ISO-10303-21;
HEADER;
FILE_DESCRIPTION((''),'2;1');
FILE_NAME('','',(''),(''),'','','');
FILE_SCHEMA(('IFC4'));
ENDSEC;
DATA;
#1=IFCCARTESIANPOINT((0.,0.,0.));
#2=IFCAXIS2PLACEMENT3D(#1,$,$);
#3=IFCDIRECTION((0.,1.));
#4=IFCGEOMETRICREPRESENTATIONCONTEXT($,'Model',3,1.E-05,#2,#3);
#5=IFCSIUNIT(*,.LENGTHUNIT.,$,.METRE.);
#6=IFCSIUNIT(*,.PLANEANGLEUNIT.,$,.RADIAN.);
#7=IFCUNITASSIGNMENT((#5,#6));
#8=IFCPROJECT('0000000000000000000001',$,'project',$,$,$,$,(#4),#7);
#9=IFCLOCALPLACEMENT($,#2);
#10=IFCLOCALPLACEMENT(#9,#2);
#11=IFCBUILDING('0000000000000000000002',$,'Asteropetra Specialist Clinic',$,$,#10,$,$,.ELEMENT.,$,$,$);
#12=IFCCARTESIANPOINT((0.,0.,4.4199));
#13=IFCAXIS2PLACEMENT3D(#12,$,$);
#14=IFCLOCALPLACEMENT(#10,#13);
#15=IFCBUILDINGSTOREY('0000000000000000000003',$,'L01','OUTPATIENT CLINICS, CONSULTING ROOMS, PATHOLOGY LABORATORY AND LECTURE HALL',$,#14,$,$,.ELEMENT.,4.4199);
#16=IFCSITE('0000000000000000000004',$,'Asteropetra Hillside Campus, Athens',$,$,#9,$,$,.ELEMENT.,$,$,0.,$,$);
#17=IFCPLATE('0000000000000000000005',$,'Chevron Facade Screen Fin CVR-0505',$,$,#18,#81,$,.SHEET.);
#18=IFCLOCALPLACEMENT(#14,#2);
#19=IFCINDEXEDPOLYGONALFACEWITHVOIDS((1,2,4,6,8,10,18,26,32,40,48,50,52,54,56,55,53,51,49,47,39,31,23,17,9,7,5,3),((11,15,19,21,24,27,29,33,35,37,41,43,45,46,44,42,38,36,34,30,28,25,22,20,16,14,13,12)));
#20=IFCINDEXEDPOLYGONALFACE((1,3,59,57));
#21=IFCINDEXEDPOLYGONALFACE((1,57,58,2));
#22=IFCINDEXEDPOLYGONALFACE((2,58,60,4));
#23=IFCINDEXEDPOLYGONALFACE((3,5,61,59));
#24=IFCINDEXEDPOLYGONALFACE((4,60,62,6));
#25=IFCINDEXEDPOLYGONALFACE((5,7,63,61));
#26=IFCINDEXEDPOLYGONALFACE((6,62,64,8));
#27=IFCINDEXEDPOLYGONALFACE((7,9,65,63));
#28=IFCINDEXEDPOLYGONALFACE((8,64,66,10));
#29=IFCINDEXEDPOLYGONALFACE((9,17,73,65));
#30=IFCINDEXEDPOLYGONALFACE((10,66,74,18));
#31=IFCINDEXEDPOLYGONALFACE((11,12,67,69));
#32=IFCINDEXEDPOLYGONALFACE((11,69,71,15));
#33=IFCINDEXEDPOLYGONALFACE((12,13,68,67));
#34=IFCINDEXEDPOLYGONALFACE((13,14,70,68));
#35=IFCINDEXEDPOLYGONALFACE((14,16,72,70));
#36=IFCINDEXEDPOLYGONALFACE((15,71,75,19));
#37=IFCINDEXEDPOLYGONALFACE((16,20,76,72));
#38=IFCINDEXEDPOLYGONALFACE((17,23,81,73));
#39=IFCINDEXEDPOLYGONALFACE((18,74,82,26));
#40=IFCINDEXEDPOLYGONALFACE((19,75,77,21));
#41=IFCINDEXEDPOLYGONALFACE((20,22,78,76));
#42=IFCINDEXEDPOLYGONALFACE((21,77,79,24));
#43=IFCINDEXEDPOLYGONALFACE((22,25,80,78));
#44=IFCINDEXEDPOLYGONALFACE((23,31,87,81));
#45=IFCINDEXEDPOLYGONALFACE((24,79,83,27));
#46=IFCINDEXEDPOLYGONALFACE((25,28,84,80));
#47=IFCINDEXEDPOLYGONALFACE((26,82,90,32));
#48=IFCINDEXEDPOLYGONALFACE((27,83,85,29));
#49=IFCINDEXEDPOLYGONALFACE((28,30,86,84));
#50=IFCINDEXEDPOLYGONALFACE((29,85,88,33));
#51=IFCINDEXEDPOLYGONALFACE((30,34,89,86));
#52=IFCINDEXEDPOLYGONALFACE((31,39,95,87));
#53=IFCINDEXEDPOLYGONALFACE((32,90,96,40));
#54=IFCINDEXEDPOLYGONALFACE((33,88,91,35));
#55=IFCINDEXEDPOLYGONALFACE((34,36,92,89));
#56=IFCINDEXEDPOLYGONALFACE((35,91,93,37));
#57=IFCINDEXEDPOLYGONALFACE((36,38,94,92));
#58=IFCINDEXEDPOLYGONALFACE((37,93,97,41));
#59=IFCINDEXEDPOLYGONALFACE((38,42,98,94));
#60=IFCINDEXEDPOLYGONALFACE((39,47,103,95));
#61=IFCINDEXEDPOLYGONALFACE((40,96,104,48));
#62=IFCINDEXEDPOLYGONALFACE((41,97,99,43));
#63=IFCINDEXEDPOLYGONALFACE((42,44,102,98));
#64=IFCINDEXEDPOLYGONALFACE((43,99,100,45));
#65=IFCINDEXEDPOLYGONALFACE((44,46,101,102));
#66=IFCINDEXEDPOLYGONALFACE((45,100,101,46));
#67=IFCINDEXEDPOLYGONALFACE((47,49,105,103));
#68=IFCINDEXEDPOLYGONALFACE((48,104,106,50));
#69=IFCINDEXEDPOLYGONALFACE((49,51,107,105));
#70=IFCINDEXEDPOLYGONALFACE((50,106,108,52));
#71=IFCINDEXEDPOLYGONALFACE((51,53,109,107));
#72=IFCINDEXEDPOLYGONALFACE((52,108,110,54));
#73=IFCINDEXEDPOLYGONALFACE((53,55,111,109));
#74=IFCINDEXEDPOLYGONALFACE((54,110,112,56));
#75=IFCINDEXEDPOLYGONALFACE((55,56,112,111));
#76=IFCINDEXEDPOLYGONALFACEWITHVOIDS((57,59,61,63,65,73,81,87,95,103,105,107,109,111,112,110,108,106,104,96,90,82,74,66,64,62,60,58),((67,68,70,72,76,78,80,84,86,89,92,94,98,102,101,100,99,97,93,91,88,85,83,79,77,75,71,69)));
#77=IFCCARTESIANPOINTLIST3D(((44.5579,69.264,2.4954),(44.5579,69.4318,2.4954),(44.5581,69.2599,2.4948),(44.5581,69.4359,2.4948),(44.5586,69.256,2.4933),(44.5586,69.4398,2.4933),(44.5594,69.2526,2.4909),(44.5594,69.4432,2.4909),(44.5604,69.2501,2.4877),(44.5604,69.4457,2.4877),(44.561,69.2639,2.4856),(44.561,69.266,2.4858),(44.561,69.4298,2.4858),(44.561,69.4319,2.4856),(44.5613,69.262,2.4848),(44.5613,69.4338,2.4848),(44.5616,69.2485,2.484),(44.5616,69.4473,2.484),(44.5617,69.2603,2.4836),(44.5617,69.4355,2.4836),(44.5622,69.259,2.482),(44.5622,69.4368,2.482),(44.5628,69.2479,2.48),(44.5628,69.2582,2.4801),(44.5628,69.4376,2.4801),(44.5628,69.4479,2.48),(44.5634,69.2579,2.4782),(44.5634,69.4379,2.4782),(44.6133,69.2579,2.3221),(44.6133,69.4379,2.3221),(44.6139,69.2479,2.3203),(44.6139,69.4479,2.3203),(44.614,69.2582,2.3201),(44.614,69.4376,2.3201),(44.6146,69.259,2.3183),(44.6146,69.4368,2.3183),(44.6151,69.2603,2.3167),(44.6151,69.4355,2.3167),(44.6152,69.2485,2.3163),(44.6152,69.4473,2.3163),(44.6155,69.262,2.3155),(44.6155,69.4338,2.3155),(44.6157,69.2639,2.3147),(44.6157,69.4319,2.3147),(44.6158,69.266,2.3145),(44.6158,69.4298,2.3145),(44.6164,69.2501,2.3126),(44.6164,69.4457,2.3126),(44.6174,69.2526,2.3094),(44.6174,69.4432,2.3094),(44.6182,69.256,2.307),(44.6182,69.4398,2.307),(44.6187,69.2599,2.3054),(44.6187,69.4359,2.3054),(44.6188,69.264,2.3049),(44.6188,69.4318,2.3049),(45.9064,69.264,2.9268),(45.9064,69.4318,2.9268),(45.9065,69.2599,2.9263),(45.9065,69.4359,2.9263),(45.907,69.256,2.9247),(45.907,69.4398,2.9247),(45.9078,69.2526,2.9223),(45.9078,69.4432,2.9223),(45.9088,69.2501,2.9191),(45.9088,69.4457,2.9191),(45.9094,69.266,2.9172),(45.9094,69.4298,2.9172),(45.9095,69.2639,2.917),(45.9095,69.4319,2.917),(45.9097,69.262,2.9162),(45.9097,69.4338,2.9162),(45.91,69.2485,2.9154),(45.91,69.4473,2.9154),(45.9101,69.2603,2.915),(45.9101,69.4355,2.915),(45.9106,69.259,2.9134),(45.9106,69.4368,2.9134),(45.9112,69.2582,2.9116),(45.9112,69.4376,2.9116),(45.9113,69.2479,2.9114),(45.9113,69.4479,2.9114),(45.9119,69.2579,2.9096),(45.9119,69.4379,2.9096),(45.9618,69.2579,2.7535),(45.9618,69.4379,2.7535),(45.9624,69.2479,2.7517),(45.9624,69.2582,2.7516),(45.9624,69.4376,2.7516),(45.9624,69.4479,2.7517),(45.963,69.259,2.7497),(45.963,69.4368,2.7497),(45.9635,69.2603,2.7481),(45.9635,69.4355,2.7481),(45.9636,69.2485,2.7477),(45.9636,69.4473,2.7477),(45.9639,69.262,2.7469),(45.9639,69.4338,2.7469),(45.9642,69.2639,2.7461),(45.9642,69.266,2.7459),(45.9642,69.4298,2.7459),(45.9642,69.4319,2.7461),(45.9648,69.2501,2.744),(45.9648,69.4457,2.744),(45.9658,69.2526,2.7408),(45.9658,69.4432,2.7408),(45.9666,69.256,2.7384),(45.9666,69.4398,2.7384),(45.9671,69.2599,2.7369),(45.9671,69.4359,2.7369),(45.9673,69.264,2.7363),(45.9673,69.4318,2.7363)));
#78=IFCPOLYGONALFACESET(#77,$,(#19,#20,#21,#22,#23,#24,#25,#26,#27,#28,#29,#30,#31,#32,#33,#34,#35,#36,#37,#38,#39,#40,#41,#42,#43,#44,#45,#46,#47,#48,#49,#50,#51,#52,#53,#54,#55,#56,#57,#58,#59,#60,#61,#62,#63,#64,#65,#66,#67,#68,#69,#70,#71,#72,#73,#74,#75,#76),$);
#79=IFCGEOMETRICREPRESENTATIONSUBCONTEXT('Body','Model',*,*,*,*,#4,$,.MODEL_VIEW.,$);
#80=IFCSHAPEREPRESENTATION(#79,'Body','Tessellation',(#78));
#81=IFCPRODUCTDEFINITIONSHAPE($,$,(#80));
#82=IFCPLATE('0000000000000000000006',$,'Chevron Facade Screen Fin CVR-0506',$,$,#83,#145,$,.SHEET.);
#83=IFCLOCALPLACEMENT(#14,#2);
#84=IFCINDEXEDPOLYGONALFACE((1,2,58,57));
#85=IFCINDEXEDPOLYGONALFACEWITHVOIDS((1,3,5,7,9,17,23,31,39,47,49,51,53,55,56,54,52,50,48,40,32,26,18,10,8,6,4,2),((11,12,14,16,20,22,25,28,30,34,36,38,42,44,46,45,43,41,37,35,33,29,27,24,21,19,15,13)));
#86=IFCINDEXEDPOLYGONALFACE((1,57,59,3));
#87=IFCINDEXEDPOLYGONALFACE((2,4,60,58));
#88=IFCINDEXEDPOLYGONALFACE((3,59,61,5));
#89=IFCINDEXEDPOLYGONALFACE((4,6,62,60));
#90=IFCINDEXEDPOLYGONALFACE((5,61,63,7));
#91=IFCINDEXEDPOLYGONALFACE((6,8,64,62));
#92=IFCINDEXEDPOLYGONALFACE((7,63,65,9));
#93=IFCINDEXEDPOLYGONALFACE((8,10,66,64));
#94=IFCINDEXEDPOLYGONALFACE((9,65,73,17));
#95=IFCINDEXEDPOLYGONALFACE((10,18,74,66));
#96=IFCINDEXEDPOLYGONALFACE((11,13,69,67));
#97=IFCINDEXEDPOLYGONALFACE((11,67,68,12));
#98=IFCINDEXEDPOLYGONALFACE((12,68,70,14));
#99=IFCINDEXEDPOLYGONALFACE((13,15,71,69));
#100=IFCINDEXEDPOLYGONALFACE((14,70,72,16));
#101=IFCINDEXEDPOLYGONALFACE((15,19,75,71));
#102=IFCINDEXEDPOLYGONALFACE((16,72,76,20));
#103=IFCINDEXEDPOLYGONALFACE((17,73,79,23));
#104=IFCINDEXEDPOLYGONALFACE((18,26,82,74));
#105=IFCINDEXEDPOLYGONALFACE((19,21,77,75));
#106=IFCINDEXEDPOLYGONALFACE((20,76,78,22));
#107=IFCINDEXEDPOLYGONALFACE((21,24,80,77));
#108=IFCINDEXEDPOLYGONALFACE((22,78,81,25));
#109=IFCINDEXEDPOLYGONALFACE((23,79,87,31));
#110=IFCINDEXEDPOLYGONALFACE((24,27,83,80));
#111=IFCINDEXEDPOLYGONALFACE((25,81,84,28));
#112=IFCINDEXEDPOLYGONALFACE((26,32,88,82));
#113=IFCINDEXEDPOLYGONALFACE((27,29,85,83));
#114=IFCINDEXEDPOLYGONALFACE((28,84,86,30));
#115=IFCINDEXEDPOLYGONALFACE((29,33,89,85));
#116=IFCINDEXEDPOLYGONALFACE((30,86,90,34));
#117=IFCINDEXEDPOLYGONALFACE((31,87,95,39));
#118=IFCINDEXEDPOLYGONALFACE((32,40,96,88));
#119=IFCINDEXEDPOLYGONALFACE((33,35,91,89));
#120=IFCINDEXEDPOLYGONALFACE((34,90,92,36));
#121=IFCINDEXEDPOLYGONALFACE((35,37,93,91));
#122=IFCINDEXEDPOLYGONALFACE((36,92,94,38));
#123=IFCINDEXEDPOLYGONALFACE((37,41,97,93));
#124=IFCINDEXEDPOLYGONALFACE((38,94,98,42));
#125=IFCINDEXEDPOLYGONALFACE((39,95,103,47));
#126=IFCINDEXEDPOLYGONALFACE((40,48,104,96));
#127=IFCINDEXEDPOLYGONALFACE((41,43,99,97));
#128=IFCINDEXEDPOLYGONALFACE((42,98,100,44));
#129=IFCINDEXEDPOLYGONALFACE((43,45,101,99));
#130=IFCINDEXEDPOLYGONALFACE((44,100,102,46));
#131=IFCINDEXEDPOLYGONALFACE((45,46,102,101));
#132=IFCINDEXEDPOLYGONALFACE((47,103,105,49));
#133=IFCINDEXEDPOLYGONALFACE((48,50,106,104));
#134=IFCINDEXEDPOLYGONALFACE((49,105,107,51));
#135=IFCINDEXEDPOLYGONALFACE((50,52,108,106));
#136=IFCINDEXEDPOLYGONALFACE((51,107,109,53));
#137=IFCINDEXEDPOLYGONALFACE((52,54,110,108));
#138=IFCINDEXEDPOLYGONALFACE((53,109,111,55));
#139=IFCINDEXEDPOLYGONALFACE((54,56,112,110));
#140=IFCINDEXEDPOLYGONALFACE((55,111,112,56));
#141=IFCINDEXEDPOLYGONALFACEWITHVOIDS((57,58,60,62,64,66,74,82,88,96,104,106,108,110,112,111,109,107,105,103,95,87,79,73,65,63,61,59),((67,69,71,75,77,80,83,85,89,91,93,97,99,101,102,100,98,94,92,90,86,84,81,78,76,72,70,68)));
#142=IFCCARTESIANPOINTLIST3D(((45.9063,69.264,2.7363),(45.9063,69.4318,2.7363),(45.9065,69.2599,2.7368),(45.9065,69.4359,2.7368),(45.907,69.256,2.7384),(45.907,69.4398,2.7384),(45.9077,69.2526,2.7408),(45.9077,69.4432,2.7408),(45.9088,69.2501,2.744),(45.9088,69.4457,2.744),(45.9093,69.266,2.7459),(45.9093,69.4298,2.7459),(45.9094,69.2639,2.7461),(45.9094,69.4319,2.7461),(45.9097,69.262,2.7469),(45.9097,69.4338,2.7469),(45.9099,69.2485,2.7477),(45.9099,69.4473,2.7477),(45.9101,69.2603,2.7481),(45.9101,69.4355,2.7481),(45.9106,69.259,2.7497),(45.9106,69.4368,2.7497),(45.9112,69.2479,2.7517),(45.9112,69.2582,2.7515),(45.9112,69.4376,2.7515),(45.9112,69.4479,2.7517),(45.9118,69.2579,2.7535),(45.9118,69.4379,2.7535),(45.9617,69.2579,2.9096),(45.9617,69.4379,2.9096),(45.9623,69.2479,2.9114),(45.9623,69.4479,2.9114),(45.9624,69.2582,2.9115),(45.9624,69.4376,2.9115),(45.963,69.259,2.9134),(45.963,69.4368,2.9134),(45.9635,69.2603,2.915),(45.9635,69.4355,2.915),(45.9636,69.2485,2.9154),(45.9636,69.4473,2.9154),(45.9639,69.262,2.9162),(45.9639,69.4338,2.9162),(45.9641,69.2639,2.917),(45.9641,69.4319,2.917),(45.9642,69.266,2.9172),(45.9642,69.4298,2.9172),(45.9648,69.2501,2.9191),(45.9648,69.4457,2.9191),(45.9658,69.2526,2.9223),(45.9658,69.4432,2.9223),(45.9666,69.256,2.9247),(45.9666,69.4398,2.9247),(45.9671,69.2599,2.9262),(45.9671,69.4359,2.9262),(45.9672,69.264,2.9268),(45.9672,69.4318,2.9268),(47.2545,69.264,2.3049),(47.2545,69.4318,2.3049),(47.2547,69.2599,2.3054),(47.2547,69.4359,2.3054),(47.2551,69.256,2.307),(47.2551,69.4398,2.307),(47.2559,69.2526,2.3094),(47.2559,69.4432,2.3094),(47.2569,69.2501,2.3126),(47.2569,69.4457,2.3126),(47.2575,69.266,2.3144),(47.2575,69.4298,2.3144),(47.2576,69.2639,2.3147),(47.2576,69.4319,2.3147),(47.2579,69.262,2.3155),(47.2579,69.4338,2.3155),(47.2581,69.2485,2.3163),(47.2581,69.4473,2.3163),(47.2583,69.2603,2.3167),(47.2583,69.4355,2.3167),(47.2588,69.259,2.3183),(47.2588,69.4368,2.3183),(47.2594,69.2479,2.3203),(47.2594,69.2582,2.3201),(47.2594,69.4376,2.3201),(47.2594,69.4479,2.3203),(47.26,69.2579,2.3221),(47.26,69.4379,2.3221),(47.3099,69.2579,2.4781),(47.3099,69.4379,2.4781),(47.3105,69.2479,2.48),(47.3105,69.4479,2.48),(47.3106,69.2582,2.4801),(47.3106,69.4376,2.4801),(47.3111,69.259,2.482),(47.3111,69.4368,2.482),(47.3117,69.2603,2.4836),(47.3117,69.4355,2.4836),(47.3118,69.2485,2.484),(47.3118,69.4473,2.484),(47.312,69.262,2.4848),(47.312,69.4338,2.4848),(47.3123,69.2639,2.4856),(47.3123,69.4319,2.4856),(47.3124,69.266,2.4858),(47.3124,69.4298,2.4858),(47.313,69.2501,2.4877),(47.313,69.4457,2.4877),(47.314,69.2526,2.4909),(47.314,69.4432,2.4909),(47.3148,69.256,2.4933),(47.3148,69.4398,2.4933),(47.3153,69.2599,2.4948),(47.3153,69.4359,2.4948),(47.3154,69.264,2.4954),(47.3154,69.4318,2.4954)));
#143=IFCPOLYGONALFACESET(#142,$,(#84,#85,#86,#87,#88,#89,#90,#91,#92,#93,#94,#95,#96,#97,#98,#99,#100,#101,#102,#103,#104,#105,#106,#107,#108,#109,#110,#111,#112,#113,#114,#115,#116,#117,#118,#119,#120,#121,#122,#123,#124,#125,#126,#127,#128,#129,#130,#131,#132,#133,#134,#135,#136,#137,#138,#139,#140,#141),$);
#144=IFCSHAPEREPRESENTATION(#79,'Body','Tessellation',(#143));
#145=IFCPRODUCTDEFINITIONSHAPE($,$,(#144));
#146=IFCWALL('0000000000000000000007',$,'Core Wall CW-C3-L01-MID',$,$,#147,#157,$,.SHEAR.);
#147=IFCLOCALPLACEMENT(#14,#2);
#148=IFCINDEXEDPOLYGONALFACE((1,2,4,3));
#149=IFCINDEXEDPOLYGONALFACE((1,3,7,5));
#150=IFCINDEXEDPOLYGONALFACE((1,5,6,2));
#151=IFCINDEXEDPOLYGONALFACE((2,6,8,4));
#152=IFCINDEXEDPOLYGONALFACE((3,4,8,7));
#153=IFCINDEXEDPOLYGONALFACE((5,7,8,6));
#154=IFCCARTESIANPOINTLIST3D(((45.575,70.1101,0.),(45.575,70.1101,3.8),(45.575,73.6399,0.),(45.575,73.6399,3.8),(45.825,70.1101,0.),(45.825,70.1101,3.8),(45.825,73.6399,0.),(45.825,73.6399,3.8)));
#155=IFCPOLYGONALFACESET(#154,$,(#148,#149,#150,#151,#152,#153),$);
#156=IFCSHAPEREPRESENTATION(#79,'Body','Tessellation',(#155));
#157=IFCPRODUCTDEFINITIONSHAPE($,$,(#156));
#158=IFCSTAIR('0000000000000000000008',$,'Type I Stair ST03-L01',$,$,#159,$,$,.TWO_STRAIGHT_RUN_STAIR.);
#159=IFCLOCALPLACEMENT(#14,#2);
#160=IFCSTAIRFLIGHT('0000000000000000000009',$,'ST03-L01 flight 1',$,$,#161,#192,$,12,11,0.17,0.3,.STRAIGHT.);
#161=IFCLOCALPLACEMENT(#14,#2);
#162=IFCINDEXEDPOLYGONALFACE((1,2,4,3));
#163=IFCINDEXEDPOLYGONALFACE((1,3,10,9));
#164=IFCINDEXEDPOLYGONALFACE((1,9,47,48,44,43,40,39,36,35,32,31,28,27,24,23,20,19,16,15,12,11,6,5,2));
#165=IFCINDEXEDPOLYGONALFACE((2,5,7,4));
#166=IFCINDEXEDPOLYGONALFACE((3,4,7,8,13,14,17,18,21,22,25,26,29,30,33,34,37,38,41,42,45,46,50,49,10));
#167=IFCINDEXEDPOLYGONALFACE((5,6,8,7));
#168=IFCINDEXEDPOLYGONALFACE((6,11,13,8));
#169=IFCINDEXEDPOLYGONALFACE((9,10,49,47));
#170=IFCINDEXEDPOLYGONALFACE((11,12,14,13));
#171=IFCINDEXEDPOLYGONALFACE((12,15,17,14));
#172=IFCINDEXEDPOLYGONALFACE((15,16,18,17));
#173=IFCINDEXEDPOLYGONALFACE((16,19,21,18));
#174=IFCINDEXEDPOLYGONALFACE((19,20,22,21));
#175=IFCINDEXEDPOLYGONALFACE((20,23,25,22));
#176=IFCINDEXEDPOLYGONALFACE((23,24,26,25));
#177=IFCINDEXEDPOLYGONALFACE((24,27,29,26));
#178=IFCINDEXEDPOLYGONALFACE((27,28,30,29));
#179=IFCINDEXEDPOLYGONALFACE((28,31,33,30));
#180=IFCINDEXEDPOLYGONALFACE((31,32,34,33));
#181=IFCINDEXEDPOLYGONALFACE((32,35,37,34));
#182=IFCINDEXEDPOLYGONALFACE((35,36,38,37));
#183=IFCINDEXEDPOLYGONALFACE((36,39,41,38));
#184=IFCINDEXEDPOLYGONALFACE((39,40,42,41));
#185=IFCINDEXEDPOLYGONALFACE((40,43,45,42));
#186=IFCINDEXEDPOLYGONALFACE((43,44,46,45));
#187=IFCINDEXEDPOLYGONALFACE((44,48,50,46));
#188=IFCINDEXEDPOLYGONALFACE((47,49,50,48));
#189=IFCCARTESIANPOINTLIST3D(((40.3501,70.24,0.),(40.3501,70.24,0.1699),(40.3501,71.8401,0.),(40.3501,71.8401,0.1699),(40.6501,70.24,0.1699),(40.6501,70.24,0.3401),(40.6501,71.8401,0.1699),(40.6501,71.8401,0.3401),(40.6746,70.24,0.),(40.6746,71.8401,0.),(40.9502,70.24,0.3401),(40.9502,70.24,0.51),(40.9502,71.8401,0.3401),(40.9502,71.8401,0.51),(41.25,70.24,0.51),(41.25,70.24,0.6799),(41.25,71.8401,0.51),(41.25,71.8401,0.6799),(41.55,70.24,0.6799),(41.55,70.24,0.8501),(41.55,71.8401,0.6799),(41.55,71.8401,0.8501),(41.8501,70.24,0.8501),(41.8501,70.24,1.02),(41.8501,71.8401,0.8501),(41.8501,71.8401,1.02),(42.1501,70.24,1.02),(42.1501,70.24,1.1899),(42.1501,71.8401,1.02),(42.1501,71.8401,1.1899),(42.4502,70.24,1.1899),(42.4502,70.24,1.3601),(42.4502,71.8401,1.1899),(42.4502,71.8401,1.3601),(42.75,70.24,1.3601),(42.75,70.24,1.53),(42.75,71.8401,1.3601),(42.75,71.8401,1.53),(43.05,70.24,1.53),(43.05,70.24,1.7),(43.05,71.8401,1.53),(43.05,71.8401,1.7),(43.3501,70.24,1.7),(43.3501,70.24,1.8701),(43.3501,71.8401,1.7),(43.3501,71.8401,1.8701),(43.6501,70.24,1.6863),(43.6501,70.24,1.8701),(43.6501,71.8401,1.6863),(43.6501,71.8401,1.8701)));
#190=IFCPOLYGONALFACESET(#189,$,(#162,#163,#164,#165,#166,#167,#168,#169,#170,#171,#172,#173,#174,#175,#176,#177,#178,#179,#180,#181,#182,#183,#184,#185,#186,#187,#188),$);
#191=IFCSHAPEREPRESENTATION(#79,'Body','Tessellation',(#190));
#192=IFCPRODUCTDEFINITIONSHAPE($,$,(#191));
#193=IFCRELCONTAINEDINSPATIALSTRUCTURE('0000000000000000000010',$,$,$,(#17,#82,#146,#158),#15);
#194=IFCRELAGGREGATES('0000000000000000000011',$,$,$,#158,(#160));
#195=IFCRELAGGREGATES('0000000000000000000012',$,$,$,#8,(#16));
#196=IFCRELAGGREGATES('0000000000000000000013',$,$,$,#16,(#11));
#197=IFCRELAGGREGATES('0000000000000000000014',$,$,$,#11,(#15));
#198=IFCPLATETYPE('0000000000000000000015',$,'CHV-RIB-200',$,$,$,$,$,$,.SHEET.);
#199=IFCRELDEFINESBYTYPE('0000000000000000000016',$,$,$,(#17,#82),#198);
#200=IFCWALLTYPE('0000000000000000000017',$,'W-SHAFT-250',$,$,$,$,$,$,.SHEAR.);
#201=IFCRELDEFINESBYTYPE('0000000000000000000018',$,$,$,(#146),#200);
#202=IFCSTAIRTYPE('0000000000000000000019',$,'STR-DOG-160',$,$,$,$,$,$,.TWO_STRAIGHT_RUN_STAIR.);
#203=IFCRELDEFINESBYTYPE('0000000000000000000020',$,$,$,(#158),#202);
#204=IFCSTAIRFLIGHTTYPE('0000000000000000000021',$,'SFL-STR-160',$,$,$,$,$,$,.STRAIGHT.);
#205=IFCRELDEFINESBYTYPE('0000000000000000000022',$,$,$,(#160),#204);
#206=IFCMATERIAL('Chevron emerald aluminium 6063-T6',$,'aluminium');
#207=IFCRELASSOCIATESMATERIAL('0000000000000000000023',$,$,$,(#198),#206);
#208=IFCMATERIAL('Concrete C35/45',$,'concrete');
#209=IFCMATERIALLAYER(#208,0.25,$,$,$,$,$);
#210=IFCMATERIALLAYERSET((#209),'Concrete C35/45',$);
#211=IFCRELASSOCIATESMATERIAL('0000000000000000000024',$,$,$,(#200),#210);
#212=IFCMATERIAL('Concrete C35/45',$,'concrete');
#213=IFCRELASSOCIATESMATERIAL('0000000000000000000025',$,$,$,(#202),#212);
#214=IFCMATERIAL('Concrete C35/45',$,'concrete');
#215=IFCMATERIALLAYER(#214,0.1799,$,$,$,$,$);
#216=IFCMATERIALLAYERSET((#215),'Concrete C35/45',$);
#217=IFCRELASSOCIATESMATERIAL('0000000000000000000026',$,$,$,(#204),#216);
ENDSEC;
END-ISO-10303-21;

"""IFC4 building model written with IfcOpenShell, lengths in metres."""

from ifc_helpers import new_model, si_unit, direction, frame, frame_2d, origin, origin_2d, place, context, subcontext, project, spatial, polyline, rectangle, hollow_rectangle, outline, extrude, material, layer, layer_set, material_profile, profile_set, type_object, element, aggregate, save


model = new_model("IFC4")

# Units and contexts
model_context = context("Model", 3, precision=1e-05, world=origin(), true_north=direction((0.0, 1.0)))
body_context = subcontext(model_context, "Body", "Model", "MODEL_VIEW")
ifc_project = project(units=[si_unit("LENGTHUNIT", "METRE"), si_unit("PLANEANGLEUNIT", "RADIAN")], contexts=[model_context])

# Site, building, storey
site_placement = place(None, origin())
site = spatial("IfcSite", under=ifc_project, at=site_placement, Name="Asteropetra Hillside Campus, Athens", CompositionType="ELEMENT", RefElevation=0.0)
building_placement = place(site_placement, origin())
building = spatial("IfcBuilding", under=site, at=building_placement, Name="Asteropetra Specialist Clinic", CompositionType="ELEMENT")
storey_placement = place(building_placement, frame((0.0, 0.0, 4.4199)))
storey = spatial("IfcBuildingStorey", under=building, at=storey_placement, Name="L01", Description="OUTPATIENT CLINICS, CONSULTING ROOMS, PATHOLOGY LABORATORY AND LECTURE HALL", CompositionType="ELEMENT", Elevation=4.4199)

# Plates
ifc_material_1 = material(Name="Chevron emerald aluminium 6063-T6", Category="aluminium")
ifc_material_profile_1 = material_profile(ifc_material_1, hollow_rectangle(XDim=0.2, YDim=0.2, WallThickness=0.01, InnerFilletRadius=0.0081, OuterFilletRadius=0.0161, at=origin_2d()), Name="SHS 200x200x10.0")
ifc_profile_set_1 = profile_set([ifc_material_profile_1], Name="Chevron emerald aluminium 6063-T6")
plate_type = type_object("IfcPlateType", Name="CHV-RIB-200", PredefinedType="SHEET", material=ifc_profile_set_1)
plate_1_placement = place(storey_placement, frame((44.5884, 69.3479, 2.4001), z_axis=(0.952442, 0.0, 0.304719), x_axis=(0.0, 1.0, 0.0)))
element("IfcPlate", 1, at=plate_1_placement, inside=storey, type_object=plate_type, Name="Chevron Facade Screen Fin CVR-0505", PredefinedType="SHEET", context=body_context, shape_type="SweptSolid", body=[
    extrude(hollow_rectangle(XDim=0.2, YDim=0.2, WallThickness=0.01, InnerFilletRadius=0.0081, OuterFilletRadius=0.0161, at=origin_2d()), origin(), (0.0, 0.0, 1.0), 1.4158),
])
plate_2_placement = place(storey_placement, frame((45.9368, 69.3479, 2.8315), z_axis=(0.952426, 0.0, -0.304769), x_axis=(0.0, 1.0, 0.0)))
element("IfcPlate", 2, at=plate_2_placement, inside=storey, type_object=plate_type, Name="Chevron Facade Screen Fin CVR-0506", PredefinedType="SHEET", context=body_context, shape_type="SweptSolid", body=[
    extrude(hollow_rectangle(XDim=0.2, YDim=0.2, WallThickness=0.01, InnerFilletRadius=0.0081, OuterFilletRadius=0.0161, at=origin_2d()), origin(), (0.0, 0.0, 1.0), 1.4155),
])

# Wall
ifc_material_2 = material(Name="Concrete C35/45", Category="concrete")
ifc_layer_1 = layer(ifc_material_2, 0.25)
ifc_layer_set_1 = layer_set([ifc_layer_1], Name="Concrete C35/45")
wall_type = type_object("IfcWallType", Name="W-SHAFT-250", PredefinedType="SHEAR", material=ifc_layer_set_1)
wall_1_placement = place(storey_placement, frame((45.7, 70.1101, 0.0), z_axis=(0.0, 0.0, 1.0), x_axis=(0.0, 1.0, 0.0)))
element("IfcWall", 3, at=wall_1_placement, inside=storey, type_object=wall_type, Name="Core Wall CW-C3-L01-MID", PredefinedType="SHEAR", context=body_context, shape_type="SweptSolid", body=[
    extrude(rectangle(XDim=3.5298, YDim=0.25, at=frame_2d((1.7649, 0.0))), origin(), (0.0, 0.0, 1.0), 3.8),
])

# Stair, stair flight
ifc_material_3 = material(Name="Concrete C35/45", Category="concrete")
stair_type = type_object("IfcStairType", Name="STR-DOG-160", PredefinedType="TWO_STRAIGHT_RUN_STAIR", material=ifc_material_3)
stair_placement = place(storey_placement, origin())
stair = element("IfcStair", 4, at=stair_placement, inside=storey, type_object=stair_type, Name="Type I Stair ST03-L01", PredefinedType="TWO_STRAIGHT_RUN_STAIR")
ifc_material_4 = material(Name="Concrete C35/45", Category="concrete")
ifc_layer_2 = layer(ifc_material_4, 0.1799)
ifc_layer_set_2 = layer_set([ifc_layer_2], Name="Concrete C35/45")
stair_flight_type = type_object("IfcStairFlightType", Name="SFL-STR-160", PredefinedType="STRAIGHT", material=ifc_layer_set_2)
stair_flight_1_placement = place(storey_placement, frame((40.3501, 71.04, 0.0), z_axis=(0.0, 0.0, 1.0), x_axis=(1.0, 0.0, 0.0)))
stair_flight_1 = element("IfcStairFlight", 5, at=stair_flight_1_placement, type_object=stair_flight_type, Name="ST03-L01 flight 1", NumberOfRisers=12, NumberOfTreads=11, PredefinedType="STRAIGHT", RiserHeight=0.17, TreadLength=0.3, context=body_context, shape_type="SweptSolid", body=[
    extrude(outline(polyline([(0.0, 0.0), (0.0, 0.1699), (0.3, 0.1699), (0.3, 0.3401), (0.6001, 0.3401), (0.6001, 0.51), (0.8999, 0.51), (0.8999, 0.6799), (1.2, 0.6799), (1.2, 0.8501), (1.5, 0.8501), (1.5, 1.02), (1.8, 1.02), (1.8, 1.1899), (2.1001, 1.1899), (2.1001, 1.3601), (2.3999, 1.3601), (2.3999, 1.53), (2.7, 1.53), (2.7, 1.7), (3.0, 1.7), (3.0, 1.8701), (3.3, 1.8701), (3.3, 2.04), (3.3, 1.6863), (0.3245, 0.0), (0.0, 0.0)])), frame((0.0, 0.8, 0.0), z_axis=(0.0, -1.0, 0.0), x_axis=(1.0, 0.0, 0.0)), (0.0, 0.0, 1.0), 1.6001),
])
aggregate(stair, [stair_flight_1])

save(model, "model.ifc")
